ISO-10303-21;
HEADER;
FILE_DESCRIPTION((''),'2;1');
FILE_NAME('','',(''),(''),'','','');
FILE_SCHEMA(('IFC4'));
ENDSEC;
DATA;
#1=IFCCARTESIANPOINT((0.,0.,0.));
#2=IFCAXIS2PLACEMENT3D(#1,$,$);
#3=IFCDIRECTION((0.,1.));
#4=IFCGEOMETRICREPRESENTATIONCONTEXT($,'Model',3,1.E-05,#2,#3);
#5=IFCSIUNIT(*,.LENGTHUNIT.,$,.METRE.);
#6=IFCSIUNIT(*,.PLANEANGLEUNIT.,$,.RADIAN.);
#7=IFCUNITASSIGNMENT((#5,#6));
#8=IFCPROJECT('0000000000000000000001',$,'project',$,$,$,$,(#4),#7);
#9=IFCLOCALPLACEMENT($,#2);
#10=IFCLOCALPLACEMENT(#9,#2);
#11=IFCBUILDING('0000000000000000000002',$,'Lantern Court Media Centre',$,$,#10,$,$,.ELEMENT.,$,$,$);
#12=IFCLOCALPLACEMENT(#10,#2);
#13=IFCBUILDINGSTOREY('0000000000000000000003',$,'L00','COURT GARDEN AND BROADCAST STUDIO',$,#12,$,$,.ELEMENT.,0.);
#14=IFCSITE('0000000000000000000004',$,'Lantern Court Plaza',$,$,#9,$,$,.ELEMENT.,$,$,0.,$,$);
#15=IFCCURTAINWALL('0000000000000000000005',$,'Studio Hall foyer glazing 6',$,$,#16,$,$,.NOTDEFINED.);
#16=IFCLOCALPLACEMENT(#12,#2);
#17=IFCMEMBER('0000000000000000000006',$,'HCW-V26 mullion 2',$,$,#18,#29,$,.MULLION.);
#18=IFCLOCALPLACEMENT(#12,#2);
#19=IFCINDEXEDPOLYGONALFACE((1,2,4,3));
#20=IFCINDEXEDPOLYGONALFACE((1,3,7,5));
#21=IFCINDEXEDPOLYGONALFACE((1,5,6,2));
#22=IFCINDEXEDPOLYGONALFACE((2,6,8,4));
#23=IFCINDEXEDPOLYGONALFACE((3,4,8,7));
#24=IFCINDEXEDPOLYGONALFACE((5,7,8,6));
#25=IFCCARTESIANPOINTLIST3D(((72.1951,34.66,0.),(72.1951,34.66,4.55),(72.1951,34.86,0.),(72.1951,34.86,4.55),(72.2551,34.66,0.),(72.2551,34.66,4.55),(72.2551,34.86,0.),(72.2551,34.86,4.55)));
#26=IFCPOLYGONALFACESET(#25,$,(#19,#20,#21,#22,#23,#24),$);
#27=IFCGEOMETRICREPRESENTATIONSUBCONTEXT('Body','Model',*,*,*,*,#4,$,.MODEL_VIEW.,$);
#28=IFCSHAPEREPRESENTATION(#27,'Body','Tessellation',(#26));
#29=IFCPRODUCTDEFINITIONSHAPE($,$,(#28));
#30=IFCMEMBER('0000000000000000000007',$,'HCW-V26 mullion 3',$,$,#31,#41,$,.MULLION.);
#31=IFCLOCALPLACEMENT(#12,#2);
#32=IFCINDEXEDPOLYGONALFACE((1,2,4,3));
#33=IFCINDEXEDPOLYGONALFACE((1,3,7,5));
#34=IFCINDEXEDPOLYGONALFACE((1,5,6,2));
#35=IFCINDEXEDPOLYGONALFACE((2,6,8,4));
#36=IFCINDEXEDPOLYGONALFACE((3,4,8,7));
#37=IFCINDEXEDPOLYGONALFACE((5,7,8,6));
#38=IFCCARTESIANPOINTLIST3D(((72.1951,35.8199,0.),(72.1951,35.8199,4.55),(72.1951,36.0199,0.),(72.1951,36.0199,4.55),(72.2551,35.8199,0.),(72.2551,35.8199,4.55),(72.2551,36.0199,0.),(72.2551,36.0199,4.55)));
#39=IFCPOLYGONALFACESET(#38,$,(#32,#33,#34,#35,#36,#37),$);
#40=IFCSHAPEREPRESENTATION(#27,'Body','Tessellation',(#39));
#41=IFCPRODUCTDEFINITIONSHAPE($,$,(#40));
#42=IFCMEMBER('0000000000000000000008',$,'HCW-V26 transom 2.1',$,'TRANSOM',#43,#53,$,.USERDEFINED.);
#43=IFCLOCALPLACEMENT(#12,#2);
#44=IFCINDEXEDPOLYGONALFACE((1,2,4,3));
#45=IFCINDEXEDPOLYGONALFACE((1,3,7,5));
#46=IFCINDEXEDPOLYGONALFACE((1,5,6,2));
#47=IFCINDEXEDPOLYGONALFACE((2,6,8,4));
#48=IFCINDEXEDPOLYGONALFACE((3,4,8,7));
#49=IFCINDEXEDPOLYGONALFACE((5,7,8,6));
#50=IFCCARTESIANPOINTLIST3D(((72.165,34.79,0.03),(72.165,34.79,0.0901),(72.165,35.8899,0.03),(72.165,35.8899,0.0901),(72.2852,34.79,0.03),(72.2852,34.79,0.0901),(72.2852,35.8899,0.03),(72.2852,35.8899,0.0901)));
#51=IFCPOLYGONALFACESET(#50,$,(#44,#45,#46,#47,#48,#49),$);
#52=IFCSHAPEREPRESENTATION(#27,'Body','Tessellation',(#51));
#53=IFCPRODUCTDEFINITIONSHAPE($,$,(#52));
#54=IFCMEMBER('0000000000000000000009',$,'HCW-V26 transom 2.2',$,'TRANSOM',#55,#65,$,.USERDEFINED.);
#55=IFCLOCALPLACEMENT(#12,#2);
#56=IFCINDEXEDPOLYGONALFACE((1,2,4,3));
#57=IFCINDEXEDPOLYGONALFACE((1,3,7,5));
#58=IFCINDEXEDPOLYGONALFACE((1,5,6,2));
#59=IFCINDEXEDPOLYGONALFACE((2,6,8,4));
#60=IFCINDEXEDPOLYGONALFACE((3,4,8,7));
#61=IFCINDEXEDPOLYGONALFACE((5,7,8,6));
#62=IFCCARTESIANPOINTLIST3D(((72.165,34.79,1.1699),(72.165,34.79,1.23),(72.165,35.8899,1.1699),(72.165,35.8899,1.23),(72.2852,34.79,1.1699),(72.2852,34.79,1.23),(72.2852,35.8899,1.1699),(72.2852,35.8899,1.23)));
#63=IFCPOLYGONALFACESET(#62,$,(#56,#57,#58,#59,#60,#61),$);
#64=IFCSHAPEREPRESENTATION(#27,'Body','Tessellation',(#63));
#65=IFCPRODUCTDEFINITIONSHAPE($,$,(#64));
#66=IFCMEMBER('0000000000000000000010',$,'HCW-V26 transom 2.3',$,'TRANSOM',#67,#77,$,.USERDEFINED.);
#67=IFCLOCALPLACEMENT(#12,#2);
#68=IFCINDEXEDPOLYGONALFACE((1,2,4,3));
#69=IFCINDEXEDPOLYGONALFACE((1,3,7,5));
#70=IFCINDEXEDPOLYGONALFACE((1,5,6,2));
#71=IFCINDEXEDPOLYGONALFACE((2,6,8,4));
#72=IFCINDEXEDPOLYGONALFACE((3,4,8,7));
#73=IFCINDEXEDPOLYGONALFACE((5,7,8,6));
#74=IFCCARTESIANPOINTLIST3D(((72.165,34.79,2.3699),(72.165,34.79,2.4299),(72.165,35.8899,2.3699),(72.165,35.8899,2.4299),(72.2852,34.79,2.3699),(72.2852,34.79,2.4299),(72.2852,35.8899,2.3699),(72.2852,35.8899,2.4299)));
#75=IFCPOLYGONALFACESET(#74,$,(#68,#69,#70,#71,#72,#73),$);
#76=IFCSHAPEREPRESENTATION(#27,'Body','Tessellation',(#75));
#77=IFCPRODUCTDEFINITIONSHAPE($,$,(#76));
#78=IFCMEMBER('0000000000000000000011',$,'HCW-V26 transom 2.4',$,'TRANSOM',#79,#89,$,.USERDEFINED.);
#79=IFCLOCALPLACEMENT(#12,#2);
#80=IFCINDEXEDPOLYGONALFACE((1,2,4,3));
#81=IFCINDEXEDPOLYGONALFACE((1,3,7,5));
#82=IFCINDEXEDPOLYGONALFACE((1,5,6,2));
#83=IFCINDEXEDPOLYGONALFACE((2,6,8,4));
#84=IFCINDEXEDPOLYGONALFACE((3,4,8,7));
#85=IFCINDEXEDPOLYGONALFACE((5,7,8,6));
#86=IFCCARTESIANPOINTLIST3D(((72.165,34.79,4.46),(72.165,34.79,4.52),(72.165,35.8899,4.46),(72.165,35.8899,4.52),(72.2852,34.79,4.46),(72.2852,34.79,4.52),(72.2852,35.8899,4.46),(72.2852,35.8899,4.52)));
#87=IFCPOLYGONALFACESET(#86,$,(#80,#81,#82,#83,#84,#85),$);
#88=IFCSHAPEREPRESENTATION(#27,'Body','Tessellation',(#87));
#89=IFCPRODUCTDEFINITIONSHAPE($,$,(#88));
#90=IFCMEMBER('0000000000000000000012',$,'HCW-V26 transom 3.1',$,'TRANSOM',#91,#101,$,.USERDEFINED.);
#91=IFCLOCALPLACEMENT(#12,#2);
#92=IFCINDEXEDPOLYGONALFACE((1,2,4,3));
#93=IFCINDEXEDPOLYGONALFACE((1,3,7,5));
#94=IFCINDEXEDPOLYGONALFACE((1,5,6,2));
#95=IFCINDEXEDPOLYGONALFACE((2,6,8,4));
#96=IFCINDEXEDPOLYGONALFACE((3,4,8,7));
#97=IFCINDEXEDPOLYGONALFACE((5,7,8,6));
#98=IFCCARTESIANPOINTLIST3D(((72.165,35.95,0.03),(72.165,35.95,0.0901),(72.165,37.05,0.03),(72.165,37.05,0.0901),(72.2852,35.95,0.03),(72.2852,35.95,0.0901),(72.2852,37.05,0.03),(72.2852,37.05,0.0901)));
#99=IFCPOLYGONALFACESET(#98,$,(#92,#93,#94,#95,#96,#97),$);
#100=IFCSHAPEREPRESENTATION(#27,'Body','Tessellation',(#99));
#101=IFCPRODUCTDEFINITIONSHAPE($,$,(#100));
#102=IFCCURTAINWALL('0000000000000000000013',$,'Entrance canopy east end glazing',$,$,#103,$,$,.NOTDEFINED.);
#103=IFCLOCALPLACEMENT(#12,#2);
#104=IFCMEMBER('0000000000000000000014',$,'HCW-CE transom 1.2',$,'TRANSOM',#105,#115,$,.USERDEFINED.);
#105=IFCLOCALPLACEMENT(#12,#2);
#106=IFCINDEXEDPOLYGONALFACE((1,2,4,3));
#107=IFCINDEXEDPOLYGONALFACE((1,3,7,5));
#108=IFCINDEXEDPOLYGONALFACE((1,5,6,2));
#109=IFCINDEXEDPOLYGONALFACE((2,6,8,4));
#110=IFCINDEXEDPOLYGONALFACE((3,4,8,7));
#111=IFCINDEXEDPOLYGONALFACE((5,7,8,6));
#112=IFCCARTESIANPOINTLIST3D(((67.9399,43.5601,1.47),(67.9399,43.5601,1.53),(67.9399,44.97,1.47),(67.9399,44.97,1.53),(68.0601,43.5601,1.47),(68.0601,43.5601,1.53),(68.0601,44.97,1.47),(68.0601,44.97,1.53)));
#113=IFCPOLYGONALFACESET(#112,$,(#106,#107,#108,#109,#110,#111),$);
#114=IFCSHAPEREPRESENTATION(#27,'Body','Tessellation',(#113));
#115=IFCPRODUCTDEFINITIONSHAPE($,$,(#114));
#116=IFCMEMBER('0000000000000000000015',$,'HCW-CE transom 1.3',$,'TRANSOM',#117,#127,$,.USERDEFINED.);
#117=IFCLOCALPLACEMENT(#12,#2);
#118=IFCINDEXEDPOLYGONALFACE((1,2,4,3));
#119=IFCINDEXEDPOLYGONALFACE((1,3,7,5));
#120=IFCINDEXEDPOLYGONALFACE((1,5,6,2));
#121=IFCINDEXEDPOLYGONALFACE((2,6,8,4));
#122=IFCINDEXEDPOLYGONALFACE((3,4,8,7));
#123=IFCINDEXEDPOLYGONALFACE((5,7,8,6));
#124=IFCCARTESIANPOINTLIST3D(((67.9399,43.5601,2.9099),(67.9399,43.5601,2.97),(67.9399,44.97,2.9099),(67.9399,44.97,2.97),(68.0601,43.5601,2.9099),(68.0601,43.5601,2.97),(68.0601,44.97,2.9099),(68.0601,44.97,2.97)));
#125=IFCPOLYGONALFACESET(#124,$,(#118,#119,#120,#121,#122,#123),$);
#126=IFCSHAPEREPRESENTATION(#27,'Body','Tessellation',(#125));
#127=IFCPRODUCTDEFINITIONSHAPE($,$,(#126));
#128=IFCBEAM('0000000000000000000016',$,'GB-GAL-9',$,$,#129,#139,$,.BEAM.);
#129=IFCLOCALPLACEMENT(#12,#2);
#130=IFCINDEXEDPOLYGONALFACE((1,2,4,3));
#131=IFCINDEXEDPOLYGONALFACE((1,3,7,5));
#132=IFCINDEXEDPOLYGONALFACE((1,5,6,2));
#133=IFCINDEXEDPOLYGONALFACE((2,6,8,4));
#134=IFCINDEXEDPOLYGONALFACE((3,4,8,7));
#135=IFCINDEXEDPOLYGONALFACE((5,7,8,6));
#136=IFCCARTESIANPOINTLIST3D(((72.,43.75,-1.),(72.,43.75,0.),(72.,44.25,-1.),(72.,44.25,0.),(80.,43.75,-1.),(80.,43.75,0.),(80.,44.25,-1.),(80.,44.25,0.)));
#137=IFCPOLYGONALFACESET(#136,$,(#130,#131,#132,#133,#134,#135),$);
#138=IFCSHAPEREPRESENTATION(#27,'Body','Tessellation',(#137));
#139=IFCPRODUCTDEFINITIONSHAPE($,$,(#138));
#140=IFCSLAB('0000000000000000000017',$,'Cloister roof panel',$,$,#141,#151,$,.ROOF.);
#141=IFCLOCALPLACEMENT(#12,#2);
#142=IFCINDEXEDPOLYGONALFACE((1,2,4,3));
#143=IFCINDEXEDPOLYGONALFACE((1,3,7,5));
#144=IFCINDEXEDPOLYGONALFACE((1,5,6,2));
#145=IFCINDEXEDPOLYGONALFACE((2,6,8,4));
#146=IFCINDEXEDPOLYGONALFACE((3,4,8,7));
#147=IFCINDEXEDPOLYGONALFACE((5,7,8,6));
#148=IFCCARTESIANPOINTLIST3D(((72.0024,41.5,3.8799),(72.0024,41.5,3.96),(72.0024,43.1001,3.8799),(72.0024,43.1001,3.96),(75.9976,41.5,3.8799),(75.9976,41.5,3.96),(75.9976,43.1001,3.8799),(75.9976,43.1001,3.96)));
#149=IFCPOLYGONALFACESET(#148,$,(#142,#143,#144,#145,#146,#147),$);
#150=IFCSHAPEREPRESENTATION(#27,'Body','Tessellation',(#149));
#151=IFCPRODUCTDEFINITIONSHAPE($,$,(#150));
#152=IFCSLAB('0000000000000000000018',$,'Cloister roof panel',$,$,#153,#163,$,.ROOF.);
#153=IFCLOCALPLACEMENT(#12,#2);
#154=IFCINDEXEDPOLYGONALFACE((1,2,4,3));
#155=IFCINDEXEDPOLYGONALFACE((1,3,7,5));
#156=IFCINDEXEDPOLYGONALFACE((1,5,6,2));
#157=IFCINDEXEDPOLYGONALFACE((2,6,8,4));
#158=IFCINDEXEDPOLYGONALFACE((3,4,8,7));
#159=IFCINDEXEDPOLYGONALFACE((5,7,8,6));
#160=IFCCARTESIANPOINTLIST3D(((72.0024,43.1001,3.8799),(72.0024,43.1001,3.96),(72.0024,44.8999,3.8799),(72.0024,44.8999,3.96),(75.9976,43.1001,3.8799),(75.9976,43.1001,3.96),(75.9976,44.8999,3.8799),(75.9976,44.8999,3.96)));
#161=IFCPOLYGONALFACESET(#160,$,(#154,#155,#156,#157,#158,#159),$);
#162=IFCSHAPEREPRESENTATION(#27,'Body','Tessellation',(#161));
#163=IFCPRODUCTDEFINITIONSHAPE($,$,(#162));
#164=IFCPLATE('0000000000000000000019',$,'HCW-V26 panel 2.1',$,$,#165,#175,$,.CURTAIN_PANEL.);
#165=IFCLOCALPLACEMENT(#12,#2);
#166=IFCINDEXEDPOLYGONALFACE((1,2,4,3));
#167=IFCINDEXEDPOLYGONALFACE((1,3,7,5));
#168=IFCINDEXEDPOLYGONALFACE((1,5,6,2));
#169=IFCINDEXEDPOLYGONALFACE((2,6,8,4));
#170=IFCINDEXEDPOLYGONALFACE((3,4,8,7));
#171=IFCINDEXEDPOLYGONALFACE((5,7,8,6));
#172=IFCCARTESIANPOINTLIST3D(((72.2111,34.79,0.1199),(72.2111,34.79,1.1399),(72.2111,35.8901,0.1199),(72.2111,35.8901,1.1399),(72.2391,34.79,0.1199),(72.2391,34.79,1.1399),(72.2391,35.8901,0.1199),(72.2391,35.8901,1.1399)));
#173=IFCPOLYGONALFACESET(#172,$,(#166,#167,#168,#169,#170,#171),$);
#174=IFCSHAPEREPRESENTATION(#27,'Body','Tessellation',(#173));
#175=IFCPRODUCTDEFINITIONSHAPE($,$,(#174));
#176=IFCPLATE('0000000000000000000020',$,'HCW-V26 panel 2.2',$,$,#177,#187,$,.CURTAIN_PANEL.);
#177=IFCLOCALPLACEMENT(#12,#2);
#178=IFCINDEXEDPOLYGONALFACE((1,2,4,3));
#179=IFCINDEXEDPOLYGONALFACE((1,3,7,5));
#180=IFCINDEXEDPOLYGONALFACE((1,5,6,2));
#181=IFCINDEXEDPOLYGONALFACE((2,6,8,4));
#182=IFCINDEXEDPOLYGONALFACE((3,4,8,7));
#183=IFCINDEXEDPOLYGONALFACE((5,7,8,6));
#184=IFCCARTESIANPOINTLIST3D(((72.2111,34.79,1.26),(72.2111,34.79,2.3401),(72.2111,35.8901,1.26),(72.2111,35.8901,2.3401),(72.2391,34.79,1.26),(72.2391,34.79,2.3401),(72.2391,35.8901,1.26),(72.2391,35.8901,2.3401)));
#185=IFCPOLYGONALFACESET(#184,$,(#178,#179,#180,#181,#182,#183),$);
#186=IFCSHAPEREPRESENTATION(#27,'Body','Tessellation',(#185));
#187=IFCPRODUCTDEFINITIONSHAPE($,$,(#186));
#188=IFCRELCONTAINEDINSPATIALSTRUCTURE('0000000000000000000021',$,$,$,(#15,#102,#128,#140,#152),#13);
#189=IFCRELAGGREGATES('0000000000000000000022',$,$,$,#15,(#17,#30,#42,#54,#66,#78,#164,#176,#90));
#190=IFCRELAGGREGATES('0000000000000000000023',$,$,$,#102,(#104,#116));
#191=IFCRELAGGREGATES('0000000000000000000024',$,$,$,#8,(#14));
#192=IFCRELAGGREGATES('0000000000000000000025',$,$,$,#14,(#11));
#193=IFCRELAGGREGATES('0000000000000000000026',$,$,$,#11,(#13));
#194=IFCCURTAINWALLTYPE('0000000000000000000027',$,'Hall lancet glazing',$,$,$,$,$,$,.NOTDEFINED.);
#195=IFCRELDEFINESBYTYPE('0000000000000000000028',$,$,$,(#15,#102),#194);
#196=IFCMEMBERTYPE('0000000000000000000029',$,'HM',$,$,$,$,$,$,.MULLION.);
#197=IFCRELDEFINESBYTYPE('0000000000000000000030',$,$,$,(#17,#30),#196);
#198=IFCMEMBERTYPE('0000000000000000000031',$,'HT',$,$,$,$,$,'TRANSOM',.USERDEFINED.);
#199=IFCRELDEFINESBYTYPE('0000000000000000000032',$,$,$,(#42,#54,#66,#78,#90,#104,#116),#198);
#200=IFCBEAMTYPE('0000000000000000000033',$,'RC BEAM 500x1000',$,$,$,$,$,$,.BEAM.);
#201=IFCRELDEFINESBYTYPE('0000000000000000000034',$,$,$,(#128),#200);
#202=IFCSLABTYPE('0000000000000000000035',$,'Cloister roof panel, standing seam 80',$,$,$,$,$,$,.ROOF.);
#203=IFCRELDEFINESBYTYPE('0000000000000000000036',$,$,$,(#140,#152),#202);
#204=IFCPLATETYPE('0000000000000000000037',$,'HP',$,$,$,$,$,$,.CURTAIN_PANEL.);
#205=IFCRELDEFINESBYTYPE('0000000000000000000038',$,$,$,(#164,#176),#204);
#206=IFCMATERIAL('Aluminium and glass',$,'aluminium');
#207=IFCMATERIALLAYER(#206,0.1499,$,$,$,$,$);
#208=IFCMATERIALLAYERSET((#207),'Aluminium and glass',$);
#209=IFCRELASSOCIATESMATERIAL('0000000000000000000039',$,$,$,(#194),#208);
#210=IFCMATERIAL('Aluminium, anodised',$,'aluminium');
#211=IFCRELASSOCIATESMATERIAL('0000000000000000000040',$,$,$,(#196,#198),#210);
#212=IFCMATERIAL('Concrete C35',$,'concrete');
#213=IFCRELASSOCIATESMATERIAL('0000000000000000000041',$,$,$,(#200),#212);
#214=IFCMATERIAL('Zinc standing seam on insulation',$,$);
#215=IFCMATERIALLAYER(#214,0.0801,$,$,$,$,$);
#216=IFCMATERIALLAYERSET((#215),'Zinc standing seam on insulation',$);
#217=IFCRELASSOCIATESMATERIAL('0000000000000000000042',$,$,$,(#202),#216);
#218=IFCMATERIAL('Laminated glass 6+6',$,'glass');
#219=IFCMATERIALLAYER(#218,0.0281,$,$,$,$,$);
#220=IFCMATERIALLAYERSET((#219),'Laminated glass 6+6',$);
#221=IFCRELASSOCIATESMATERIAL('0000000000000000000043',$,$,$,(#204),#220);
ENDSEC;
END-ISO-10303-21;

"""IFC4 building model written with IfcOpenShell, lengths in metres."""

from ifc_helpers import new_model, si_unit, direction, frame, origin, origin_2d, place, context, subcontext, project, spatial, polyline, rectangle, outline, extrude, material, layer, layer_set, material_profile, profile_set, type_object, element, aggregate, save


model = new_model("IFC4")

# Units and contexts
model_context = context("Model", 3, precision=1e-05, world=origin(), true_north=direction((0.0, 1.0)))
body_context = subcontext(model_context, "Body", "Model", "MODEL_VIEW")
ifc_project = project(units=[si_unit("LENGTHUNIT", "METRE"), si_unit("PLANEANGLEUNIT", "RADIAN")], contexts=[model_context])

# Site, building, storey
site_placement = place(None, origin())
site = spatial("IfcSite", under=ifc_project, at=site_placement, Name="Lantern Court Plaza", CompositionType="ELEMENT", RefElevation=0.0)
building_placement = place(site_placement, origin())
building = spatial("IfcBuilding", under=site, at=building_placement, Name="Lantern Court Media Centre", CompositionType="ELEMENT")
storey_placement = place(building_placement, origin())
storey = spatial("IfcBuildingStorey", under=building, at=storey_placement, Name="L00", Description="COURT GARDEN AND BROADCAST STUDIO", CompositionType="ELEMENT", Elevation=0.0)

# Curtain walls, members
ifc_material_1 = material(Name="Aluminium and glass", Category="aluminium")
ifc_layer_1 = layer(ifc_material_1, 0.1499)
ifc_layer_set_1 = layer_set([ifc_layer_1], Name="Aluminium and glass")
curtain_wall_type = type_object("IfcCurtainWallType", Name="Hall lancet glazing", PredefinedType="NOTDEFINED", material=ifc_layer_set_1)
curtain_wall_1_placement = place(storey_placement, origin())
curtain_wall_1 = element("IfcCurtainWall", 1, at=curtain_wall_1_placement, inside=storey, type_object=curtain_wall_type, Name="Studio Hall foyer glazing 6", PredefinedType="NOTDEFINED")
ifc_material_2 = material(Name="Aluminium, anodised", Category="aluminium")
ifc_material_profile_1 = material_profile(ifc_material_2, rectangle(XDim=0.0601, YDim=0.2, at=origin_2d()), Name="HM")
ifc_profile_set_1 = profile_set([ifc_material_profile_1], Name="Aluminium, anodised")
member_type_1 = type_object("IfcMemberType", Name="HM", PredefinedType="MULLION", material=ifc_profile_set_1)
member_1_placement = place(storey_placement, frame((72.2251, 34.76, 0.0), z_axis=(0.0, 0.0, 1.0), x_axis=(-1.0, 0.0, 0.0)))
member_1 = element("IfcMember", 2, at=member_1_placement, type_object=member_type_1, Name="HCW-V26 mullion 2", PredefinedType="MULLION", context=body_context, shape_type="SweptSolid", body=[
    extrude(rectangle(XDim=0.0601, YDim=0.2, at=origin_2d()), origin(), (0.0, 0.0, 1.0), 4.55),
])
member_2_placement = place(storey_placement, frame((72.2251, 35.9199, 0.0), z_axis=(0.0, 0.0, 1.0), x_axis=(-1.0, 0.0, 0.0)))
member_2 = element("IfcMember", 3, at=member_2_placement, type_object=member_type_1, Name="HCW-V26 mullion 3", PredefinedType="MULLION", context=body_context, shape_type="SweptSolid", body=[
    extrude(rectangle(XDim=0.0601, YDim=0.2, at=origin_2d()), origin(), (0.0, 0.0, 1.0), 4.55),
])
ifc_material_profile_2 = material_profile(ifc_material_2, rectangle(XDim=0.1201, YDim=0.0601, at=origin_2d()), Name="HT")
ifc_profile_set_2 = profile_set([ifc_material_profile_2], Name="Aluminium, anodised")
member_type_2 = type_object("IfcMemberType", Name="HT", ElementType="TRANSOM", PredefinedType="USERDEFINED", material=ifc_profile_set_2)
member_3_placement = place(storey_placement, frame((72.2251, 34.79, 0.0601), z_axis=(0.0, 1.0, 0.0), x_axis=(-1.0, 0.0, 0.0)))
member_3 = element("IfcMember", 4, at=member_3_placement, type_object=member_type_2, Name="HCW-V26 transom 2.1", ObjectType="TRANSOM", PredefinedType="USERDEFINED", context=body_context, shape_type="SweptSolid", body=[
    extrude(rectangle(XDim=0.1201, YDim=0.0601, at=origin_2d()), origin(), (0.0, 0.0, 1.0), 1.0999),
])
member_4_placement = place(storey_placement, frame((72.2251, 34.79, 1.2), z_axis=(0.0, 1.0, 0.0), x_axis=(-1.0, 0.0, 0.0)))
member_4 = element("IfcMember", 5, at=member_4_placement, type_object=member_type_2, Name="HCW-V26 transom 2.2", ObjectType="TRANSOM", PredefinedType="USERDEFINED", context=body_context, shape_type="SweptSolid", body=[
    extrude(rectangle(XDim=0.1201, YDim=0.0601, at=origin_2d()), origin(), (0.0, 0.0, 1.0), 1.0999),
])
member_5_placement = place(storey_placement, frame((72.2251, 34.79, 2.3999), z_axis=(0.0, 1.0, 0.0), x_axis=(-1.0, 0.0, 0.0)))
member_5 = element("IfcMember", 6, at=member_5_placement, type_object=member_type_2, Name="HCW-V26 transom 2.3", ObjectType="TRANSOM", PredefinedType="USERDEFINED", context=body_context, shape_type="SweptSolid", body=[
    extrude(rectangle(XDim=0.1201, YDim=0.0601, at=origin_2d()), origin(), (0.0, 0.0, 1.0), 1.0999),
])
member_6_placement = place(storey_placement, frame((72.2251, 34.79, 4.49), z_axis=(0.0, 1.0, 0.0), x_axis=(-1.0, 0.0, 0.0)))
member_6 = element("IfcMember", 7, at=member_6_placement, type_object=member_type_2, Name="HCW-V26 transom 2.4", ObjectType="TRANSOM", PredefinedType="USERDEFINED", context=body_context, shape_type="SweptSolid", body=[
    extrude(rectangle(XDim=0.1201, YDim=0.0601, at=origin_2d()), origin(), (0.0, 0.0, 1.0), 1.0999),
])
member_7_placement = place(storey_placement, frame((72.2251, 35.95, 0.0601), z_axis=(0.0, 1.0, 0.0), x_axis=(-1.0, 0.0, 0.0)))
member_7 = element("IfcMember", 8, at=member_7_placement, type_object=member_type_2, Name="HCW-V26 transom 3.1", ObjectType="TRANSOM", PredefinedType="USERDEFINED", context=body_context, shape_type="SweptSolid", body=[
    extrude(rectangle(XDim=0.1201, YDim=0.0601, at=origin_2d()), origin(), (0.0, 0.0, 1.0), 1.1001),
])
curtain_wall_2_placement = place(storey_placement, origin())
curtain_wall_2 = element("IfcCurtainWall", 9, at=curtain_wall_2_placement, inside=storey, type_object=curtain_wall_type, Name="Entrance canopy east end glazing", PredefinedType="NOTDEFINED")
member_8_placement = place(storey_placement, frame((68.0, 43.5601, 1.5), z_axis=(0.0, 1.0, 0.0), x_axis=(-1.0, 0.0, 0.0)))
member_8 = element("IfcMember", 10, at=member_8_placement, type_object=member_type_2, Name="HCW-CE transom 1.2", ObjectType="TRANSOM", PredefinedType="USERDEFINED", context=body_context, shape_type="SweptSolid", body=[
    extrude(rectangle(XDim=0.1201, YDim=0.0601, at=origin_2d()), origin(), (0.0, 0.0, 1.0), 1.4099),
])
member_9_placement = place(storey_placement, frame((68.0, 43.5601, 2.9399), z_axis=(0.0, 1.0, 0.0), x_axis=(-1.0, 0.0, 0.0)))
member_9 = element("IfcMember", 11, at=member_9_placement, type_object=member_type_2, Name="HCW-CE transom 1.3", ObjectType="TRANSOM", PredefinedType="USERDEFINED", context=body_context, shape_type="SweptSolid", body=[
    extrude(rectangle(XDim=0.1201, YDim=0.0601, at=origin_2d()), origin(), (0.0, 0.0, 1.0), 1.4099),
])

# Beam
ifc_material_3 = material(Name="Concrete C35", Category="concrete")
ifc_material_profile_3 = material_profile(ifc_material_3, rectangle(XDim=0.5, YDim=1.0, at=origin_2d()), Name="RC 500x1000")
ifc_profile_set_3 = profile_set([ifc_material_profile_3], Name="Concrete C35")
beam_type_1 = type_object("IfcBeamType", Name="RC BEAM 500x1000", PredefinedType="BEAM", material=ifc_profile_set_3)
beam_1_placement = place(storey_placement, frame((72.0, 44.0, -0.5), z_axis=(1.0, 0.0, 0.0), x_axis=(0.0, 1.0, 0.0)))
element("IfcBeam", 12, at=beam_1_placement, inside=storey, type_object=beam_type_1, Name="GB-GAL-9", PredefinedType="BEAM", context=body_context, shape_type="SweptSolid", body=[
    extrude(rectangle(XDim=0.5, YDim=1.0, at=origin_2d()), origin(), (0.0, 0.0, 1.0), 8.0),
])

# Slabs
ifc_material_4 = material(Name="Zinc standing seam on insulation")
ifc_layer_2 = layer(ifc_material_4, 0.0801)
ifc_layer_set_2 = layer_set([ifc_layer_2], Name="Zinc standing seam on insulation")
slab_type = type_object("IfcSlabType", Name="Cloister roof panel, standing seam 80", PredefinedType="ROOF", material=ifc_layer_set_2)
slab_1_placement = place(storey_placement, frame((72.0024, 41.5, 3.96), z_axis=(0.0, 0.0, 1.0), x_axis=(1.0, 0.0, 0.0)))
element("IfcSlab", 13, at=slab_1_placement, inside=storey, type_object=slab_type, Name="Cloister roof panel", PredefinedType="ROOF", context=body_context, shape_type="SweptSolid", body=[
    extrude(outline(polyline([(0.0, 0.0), (3.9951, 0.0), (3.9951, 1.6001), (0.0, 1.6001), (0.0, 0.0)])), origin(), (0.0, 0.0, -1.0), 0.0801),
])
slab_2_placement = place(storey_placement, frame((72.0024, 43.1001, 3.96), z_axis=(0.0, 0.0, 1.0), x_axis=(1.0, 0.0, 0.0)))
element("IfcSlab", 14, at=slab_2_placement, inside=storey, type_object=slab_type, Name="Cloister roof panel", PredefinedType="ROOF", context=body_context, shape_type="SweptSolid", body=[
    extrude(outline(polyline([(0.0, 0.0), (3.9951, 0.0), (3.9951, 1.7998), (0.0, 1.7998), (0.0, 0.0)])), origin(), (0.0, 0.0, -1.0), 0.0801),
])

# Plates
ifc_material_5 = material(Name="Laminated glass 6+6", Category="glass")
ifc_layer_3 = layer(ifc_material_5, 0.0281)
ifc_layer_set_3 = layer_set([ifc_layer_3], Name="Laminated glass 6+6")
plate_type = type_object("IfcPlateType", Name="HP", PredefinedType="CURTAIN_PANEL", material=ifc_layer_set_3)
plate_1_placement = place(storey_placement, frame((72.2251, 35.3401, 0.1199), z_axis=(0.0, 0.0, 1.0), x_axis=(0.0, 1.0, 0.0)))
plate_1 = element("IfcPlate", 15, at=plate_1_placement, type_object=plate_type, Name="HCW-V26 panel 2.1", PredefinedType="CURTAIN_PANEL", context=body_context, shape_type="SweptSolid", body=[
    extrude(rectangle(XDim=1.1001, YDim=0.0281, at=origin_2d()), origin(), (0.0, 0.0, 1.0), 1.02),
])
plate_2_placement = place(storey_placement, frame((72.2251, 35.3401, 1.26), z_axis=(0.0, 0.0, 1.0), x_axis=(0.0, 1.0, 0.0)))
plate_2 = element("IfcPlate", 16, at=plate_2_placement, type_object=plate_type, Name="HCW-V26 panel 2.2", PredefinedType="CURTAIN_PANEL", context=body_context, shape_type="SweptSolid", body=[
    extrude(rectangle(XDim=1.1001, YDim=0.0281, at=origin_2d()), origin(), (0.0, 0.0, 1.0), 1.0801),
])
aggregate(curtain_wall_1, [member_1, member_2, member_3, member_4, member_5, member_6, plate_1, plate_2, member_7])
aggregate(curtain_wall_2, [member_8, member_9])

save(model, "model.ifc")
